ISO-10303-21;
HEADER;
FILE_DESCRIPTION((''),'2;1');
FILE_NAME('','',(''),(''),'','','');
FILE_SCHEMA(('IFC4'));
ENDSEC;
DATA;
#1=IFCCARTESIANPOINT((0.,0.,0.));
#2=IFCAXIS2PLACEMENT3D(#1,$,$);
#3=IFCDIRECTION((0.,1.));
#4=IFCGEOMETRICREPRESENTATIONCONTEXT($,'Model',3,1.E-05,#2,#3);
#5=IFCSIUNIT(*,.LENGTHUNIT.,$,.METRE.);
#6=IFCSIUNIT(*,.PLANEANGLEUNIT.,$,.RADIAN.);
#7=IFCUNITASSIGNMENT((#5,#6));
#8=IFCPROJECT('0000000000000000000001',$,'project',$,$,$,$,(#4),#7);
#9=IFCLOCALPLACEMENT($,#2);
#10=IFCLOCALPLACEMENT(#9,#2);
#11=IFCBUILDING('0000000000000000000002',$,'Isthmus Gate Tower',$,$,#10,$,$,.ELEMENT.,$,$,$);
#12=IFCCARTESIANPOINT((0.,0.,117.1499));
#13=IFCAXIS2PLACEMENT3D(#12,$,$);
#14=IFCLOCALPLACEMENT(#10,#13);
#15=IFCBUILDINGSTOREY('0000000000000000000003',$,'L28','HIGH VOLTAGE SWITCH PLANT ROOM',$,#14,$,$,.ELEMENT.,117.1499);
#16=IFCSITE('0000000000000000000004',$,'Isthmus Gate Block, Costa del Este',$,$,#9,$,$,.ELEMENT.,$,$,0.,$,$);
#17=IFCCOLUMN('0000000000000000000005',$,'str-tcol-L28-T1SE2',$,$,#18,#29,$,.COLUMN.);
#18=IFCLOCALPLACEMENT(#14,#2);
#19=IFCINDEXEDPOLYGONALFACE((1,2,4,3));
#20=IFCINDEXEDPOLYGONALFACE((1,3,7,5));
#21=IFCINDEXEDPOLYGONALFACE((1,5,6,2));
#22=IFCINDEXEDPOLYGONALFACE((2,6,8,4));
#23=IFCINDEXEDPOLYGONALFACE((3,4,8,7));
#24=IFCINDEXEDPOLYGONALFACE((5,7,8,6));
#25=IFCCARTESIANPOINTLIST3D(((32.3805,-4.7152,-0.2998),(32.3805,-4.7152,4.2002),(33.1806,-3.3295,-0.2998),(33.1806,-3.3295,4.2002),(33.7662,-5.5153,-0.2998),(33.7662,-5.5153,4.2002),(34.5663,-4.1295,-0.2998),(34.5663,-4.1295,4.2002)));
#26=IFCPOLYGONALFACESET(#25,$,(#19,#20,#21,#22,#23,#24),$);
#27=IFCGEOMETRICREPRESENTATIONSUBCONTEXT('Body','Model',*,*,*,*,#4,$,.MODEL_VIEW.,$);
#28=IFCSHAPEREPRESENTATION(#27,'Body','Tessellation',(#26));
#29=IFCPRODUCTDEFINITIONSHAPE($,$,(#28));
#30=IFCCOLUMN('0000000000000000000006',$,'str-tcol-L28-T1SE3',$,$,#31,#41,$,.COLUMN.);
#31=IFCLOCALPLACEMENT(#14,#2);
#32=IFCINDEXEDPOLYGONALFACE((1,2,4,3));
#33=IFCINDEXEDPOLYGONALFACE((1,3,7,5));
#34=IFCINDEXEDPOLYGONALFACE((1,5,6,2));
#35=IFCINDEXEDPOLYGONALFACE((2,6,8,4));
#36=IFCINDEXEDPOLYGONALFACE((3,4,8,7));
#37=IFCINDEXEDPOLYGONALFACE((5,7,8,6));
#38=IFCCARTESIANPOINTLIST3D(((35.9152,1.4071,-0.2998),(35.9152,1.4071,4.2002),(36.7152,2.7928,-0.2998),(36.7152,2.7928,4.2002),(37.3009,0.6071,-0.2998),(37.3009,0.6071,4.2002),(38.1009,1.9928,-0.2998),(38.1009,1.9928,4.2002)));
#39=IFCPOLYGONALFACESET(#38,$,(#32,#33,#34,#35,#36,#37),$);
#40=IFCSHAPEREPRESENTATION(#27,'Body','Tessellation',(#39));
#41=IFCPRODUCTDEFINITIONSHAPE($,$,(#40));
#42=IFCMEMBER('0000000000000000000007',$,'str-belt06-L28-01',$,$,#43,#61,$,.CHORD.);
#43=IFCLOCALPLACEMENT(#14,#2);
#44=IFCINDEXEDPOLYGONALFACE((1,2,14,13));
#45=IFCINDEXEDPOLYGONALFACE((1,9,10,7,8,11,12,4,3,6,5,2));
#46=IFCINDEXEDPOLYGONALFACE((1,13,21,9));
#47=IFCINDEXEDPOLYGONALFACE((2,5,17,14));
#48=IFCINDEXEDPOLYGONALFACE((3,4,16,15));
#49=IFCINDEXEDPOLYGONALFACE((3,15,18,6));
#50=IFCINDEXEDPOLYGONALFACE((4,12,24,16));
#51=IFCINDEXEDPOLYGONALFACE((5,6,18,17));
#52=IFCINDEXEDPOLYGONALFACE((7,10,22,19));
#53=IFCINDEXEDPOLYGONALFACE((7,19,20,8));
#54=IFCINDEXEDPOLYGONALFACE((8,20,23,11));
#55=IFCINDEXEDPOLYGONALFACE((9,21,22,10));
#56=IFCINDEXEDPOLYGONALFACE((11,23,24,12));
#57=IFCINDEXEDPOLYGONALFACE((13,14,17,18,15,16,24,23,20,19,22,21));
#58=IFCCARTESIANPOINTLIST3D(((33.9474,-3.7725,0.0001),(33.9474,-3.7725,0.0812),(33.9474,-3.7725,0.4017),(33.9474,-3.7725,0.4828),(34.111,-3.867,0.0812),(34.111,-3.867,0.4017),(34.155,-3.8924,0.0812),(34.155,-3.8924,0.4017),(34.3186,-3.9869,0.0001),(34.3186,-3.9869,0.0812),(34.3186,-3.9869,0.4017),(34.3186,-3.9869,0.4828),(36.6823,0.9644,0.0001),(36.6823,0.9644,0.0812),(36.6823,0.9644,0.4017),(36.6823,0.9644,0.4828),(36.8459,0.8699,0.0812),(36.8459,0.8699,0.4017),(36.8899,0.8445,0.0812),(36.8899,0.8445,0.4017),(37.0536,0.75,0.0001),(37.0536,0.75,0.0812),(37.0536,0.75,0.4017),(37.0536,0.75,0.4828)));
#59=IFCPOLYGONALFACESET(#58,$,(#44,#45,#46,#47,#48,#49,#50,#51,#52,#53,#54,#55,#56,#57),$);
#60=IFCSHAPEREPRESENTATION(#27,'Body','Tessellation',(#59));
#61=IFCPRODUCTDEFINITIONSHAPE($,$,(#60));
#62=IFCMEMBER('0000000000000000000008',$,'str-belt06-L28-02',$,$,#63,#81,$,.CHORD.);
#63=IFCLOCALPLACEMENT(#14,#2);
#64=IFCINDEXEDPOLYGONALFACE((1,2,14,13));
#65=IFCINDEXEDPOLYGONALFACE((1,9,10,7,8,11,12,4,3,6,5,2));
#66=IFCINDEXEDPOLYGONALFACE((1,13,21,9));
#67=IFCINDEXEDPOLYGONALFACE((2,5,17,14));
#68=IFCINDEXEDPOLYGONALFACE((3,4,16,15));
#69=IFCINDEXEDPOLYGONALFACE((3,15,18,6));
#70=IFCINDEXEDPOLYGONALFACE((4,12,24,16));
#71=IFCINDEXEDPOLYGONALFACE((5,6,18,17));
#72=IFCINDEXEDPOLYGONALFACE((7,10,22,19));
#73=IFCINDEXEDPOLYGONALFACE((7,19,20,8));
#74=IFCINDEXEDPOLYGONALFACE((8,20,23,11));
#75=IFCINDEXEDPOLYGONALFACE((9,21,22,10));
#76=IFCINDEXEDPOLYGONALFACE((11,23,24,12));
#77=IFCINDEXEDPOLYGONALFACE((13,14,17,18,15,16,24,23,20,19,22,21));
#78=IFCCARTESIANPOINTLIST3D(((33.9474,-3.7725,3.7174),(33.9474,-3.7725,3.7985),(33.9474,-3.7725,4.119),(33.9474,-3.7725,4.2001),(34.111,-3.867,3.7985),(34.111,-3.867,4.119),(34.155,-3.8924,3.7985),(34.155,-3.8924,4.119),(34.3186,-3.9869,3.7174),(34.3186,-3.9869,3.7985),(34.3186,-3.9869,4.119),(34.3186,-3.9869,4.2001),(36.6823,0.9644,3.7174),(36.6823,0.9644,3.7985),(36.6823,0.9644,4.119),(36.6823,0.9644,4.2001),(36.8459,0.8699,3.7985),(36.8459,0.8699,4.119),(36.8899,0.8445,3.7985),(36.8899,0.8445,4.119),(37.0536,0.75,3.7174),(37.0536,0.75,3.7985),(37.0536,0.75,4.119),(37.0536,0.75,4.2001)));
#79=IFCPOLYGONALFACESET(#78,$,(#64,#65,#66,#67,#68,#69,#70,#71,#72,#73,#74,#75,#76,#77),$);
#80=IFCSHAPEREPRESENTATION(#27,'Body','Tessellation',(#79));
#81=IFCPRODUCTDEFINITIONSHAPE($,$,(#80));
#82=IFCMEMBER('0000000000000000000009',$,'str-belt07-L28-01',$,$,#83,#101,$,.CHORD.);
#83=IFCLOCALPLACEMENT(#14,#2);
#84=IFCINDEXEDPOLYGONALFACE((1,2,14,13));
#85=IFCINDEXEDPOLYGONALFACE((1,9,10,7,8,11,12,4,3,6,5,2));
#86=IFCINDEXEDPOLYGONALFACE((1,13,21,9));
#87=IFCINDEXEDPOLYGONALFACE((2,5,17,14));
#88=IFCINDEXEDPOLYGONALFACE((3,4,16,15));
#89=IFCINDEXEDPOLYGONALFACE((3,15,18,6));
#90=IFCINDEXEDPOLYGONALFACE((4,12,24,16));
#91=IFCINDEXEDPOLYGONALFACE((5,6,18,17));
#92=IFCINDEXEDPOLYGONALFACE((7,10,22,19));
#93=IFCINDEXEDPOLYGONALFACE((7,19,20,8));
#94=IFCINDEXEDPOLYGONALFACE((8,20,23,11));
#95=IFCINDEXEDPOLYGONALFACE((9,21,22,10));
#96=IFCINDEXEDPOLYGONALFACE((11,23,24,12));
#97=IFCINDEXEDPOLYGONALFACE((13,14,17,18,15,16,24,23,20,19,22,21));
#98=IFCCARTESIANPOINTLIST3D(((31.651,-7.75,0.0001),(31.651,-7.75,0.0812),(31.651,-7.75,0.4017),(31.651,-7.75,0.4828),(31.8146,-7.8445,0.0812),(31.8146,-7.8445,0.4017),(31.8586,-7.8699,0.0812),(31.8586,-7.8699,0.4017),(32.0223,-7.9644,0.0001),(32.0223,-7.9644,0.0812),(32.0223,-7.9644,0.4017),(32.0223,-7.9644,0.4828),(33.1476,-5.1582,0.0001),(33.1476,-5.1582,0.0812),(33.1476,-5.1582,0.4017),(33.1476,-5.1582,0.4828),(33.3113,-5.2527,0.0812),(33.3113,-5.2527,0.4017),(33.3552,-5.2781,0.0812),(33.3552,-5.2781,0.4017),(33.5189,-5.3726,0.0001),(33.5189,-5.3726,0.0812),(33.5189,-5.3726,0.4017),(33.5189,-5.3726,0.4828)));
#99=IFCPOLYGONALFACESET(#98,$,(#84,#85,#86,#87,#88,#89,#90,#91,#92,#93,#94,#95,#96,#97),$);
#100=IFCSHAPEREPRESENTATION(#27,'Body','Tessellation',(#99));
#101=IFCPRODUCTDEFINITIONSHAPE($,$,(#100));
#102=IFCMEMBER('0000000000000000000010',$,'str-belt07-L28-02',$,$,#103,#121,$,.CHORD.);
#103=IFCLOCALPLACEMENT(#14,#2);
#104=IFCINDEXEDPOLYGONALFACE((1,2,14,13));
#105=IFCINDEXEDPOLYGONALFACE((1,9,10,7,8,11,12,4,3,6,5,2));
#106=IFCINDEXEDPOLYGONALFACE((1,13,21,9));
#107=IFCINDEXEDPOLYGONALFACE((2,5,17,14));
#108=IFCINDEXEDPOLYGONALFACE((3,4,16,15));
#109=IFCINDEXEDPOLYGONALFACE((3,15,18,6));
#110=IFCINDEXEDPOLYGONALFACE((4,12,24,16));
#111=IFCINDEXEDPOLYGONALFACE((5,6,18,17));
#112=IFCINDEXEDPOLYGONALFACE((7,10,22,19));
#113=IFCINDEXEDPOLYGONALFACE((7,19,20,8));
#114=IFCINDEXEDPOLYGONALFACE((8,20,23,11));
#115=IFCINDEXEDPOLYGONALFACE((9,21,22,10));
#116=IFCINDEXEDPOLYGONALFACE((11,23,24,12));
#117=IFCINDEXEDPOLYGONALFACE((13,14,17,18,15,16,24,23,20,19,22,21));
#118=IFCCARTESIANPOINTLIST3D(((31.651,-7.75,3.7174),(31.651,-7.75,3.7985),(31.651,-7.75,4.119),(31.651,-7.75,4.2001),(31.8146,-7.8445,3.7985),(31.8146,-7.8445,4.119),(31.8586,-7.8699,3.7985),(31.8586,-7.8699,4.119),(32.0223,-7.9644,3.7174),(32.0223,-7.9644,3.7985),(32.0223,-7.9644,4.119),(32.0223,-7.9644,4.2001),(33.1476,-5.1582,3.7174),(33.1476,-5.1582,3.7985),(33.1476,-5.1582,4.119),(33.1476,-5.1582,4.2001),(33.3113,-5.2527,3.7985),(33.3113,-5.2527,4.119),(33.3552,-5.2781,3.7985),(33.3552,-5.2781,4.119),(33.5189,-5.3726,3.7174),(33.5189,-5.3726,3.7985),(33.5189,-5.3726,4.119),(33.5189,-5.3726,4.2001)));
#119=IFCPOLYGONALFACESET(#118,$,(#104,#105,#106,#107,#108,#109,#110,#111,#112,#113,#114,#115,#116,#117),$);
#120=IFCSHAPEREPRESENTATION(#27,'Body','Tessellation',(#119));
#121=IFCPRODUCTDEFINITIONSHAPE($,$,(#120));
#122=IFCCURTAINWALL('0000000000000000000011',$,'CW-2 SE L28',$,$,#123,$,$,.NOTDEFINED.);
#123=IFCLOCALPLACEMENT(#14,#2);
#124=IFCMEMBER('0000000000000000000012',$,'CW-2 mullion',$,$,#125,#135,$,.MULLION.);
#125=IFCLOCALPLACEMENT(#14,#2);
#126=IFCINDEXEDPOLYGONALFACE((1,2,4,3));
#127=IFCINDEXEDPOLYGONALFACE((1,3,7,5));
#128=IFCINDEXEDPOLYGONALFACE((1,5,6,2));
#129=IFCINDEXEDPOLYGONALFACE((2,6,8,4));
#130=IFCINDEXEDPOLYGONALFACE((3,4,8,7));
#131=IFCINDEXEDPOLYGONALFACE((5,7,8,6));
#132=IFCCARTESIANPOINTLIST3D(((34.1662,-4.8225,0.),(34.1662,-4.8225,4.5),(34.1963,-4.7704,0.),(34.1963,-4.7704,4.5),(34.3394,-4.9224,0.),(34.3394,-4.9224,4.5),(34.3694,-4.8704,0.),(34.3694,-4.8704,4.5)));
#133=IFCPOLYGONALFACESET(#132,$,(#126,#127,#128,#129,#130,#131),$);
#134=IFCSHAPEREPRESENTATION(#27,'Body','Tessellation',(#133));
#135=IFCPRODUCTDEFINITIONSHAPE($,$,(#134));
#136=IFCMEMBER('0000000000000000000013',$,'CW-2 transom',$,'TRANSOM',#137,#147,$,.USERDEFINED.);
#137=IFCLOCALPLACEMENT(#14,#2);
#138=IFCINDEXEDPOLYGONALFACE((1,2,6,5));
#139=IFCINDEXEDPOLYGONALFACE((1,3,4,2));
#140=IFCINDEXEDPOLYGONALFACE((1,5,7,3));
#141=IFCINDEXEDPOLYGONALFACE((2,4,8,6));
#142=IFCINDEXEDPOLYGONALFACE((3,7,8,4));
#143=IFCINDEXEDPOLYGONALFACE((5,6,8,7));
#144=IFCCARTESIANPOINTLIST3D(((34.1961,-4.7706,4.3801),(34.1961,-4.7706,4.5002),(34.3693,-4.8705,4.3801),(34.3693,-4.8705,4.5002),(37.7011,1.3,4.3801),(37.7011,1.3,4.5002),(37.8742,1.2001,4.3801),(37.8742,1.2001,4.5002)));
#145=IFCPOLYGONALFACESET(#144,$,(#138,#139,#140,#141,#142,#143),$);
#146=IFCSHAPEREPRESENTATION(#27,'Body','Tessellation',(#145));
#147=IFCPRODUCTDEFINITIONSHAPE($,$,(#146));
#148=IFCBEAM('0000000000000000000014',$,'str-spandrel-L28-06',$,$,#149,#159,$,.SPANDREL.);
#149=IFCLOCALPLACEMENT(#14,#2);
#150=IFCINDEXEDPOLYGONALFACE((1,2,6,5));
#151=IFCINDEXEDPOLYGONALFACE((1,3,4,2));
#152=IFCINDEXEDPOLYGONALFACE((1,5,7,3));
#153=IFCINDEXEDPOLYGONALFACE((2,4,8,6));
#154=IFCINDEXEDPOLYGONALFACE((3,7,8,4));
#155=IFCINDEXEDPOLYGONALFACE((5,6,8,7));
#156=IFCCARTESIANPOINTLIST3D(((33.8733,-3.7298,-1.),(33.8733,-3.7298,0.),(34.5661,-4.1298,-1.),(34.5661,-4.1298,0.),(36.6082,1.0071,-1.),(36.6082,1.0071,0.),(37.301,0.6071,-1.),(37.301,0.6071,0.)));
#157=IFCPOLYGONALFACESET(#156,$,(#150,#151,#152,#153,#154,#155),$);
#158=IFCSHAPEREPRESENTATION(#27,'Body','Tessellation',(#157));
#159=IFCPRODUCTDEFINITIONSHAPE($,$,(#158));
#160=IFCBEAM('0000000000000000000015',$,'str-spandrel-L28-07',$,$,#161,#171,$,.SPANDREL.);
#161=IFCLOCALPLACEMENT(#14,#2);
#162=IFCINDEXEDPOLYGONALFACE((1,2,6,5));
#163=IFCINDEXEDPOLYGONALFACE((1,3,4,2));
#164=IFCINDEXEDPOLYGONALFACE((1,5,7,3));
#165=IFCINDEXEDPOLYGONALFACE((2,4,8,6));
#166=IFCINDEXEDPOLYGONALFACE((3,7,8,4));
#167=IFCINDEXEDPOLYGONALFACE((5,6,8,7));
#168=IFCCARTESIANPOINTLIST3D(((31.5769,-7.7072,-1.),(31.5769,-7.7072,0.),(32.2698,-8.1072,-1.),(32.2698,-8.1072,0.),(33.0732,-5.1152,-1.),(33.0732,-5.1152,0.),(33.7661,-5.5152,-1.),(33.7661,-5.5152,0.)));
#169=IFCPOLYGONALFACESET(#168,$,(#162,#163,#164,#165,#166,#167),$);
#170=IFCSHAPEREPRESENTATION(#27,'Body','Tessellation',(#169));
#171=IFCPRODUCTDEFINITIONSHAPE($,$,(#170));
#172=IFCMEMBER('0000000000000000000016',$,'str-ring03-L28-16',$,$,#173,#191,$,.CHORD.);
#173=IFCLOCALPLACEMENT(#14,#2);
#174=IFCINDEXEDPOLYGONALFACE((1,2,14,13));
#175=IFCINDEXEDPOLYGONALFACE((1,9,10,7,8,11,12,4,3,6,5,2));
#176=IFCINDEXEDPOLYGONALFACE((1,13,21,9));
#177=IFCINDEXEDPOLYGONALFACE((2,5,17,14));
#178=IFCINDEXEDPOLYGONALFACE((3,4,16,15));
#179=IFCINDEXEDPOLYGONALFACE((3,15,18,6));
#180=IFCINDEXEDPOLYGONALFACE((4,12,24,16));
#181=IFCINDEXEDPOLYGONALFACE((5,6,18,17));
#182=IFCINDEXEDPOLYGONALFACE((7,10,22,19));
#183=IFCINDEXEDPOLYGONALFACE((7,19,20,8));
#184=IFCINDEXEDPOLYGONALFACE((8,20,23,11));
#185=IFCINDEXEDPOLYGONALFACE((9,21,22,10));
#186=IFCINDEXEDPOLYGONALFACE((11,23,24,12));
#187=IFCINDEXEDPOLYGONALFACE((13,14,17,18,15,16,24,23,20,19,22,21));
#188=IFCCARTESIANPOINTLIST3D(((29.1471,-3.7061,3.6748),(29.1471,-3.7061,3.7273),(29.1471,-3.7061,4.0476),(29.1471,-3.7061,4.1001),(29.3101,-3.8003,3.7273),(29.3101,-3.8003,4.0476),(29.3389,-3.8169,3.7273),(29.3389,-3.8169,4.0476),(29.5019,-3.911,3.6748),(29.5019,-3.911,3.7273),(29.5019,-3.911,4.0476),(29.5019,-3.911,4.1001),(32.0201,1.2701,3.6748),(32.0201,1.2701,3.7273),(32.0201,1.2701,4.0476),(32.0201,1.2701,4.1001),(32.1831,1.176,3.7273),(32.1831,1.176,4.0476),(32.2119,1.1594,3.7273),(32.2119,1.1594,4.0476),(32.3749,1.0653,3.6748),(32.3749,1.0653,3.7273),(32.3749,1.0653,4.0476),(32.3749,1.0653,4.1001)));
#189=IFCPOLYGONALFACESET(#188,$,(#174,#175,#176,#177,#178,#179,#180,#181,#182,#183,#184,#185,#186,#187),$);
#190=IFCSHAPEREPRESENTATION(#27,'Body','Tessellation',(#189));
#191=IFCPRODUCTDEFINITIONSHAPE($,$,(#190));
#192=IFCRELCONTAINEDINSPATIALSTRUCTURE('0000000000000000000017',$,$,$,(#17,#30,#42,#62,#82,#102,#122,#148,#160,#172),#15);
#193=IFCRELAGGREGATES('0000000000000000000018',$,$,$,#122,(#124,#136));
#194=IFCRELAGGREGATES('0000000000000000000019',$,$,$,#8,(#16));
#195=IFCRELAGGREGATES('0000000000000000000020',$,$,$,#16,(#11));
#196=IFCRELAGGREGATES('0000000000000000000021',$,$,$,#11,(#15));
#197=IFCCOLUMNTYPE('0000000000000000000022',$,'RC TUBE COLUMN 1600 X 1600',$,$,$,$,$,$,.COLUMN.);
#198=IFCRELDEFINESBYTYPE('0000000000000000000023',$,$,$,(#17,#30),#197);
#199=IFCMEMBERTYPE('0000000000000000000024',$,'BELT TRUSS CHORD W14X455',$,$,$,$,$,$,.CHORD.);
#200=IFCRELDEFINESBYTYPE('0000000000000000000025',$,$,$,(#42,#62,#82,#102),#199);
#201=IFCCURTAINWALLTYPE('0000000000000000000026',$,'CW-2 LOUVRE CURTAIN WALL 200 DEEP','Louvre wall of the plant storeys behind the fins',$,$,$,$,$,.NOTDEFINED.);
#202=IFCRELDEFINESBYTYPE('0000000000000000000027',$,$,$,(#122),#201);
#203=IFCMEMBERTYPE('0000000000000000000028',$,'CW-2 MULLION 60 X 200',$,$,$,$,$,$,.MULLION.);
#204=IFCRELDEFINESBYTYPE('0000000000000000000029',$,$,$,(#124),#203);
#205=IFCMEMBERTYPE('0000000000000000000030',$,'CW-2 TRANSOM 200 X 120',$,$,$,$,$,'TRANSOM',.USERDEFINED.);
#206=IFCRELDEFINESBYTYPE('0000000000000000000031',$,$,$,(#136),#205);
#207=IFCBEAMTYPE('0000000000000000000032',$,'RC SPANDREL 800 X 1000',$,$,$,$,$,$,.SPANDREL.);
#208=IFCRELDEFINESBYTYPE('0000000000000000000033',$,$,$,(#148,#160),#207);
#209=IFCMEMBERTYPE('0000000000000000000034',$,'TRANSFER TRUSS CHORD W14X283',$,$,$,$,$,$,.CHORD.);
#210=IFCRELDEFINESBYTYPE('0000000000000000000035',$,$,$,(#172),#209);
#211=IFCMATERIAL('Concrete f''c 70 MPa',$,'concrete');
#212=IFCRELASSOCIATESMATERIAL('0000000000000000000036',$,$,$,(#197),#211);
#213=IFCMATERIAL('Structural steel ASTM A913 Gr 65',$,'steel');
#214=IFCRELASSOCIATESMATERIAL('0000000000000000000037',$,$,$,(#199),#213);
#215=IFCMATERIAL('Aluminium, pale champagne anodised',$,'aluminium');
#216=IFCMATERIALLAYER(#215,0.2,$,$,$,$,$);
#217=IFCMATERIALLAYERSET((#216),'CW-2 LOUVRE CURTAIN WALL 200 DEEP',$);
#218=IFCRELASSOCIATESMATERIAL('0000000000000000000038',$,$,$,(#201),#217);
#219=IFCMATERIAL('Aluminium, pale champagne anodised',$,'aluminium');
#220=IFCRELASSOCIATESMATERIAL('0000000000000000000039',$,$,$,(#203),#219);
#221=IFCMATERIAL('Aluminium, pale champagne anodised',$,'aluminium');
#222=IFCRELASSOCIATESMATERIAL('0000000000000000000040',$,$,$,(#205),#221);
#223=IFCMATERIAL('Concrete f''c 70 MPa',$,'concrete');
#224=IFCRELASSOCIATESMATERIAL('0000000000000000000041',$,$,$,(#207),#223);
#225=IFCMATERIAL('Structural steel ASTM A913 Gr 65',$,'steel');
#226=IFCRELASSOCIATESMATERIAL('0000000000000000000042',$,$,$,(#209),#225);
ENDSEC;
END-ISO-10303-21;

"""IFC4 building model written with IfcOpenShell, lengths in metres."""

from ifc_helpers import new_model, si_unit, direction, frame, origin, origin_2d, place, context, subcontext, project, spatial, rectangle, i_section, extrude, material, layer, layer_set, material_profile, profile_set, type_object, element, aggregate, save


model = new_model("IFC4")

# Units and contexts
model_context = context("Model", 3, precision=1e-05, world=origin(), true_north=direction((0.0, 1.0)))
body_context = subcontext(model_context, "Body", "Model", "MODEL_VIEW")
ifc_project = project(units=[si_unit("LENGTHUNIT", "METRE"), si_unit("PLANEANGLEUNIT", "RADIAN")], contexts=[model_context])

# Site, building, storey
site_placement = place(None, origin())
site = spatial("IfcSite", under=ifc_project, at=site_placement, Name="Isthmus Gate Block, Costa del Este", CompositionType="ELEMENT", RefElevation=0.0)
building_placement = place(site_placement, origin())
building = spatial("IfcBuilding", under=site, at=building_placement, Name="Isthmus Gate Tower", CompositionType="ELEMENT")
storey_placement = place(building_placement, frame((0.0, 0.0, 117.1499)))
storey = spatial("IfcBuildingStorey", under=building, at=storey_placement, Name="L28", Description="HIGH VOLTAGE SWITCH PLANT ROOM", CompositionType="ELEMENT", Elevation=117.1499)

# Columns
ifc_material_1 = material(Name="Concrete f'c 70 MPa", Category="concrete")
ifc_material_profile_1 = material_profile(ifc_material_1, rectangle(XDim=1.6001, YDim=1.6001, at=origin_2d()), Name="RC 1600X1600")
ifc_profile_set_1 = profile_set([ifc_material_profile_1], Name="Concrete f'c 70 MPa")
column_type = type_object("IfcColumnType", Name="RC TUBE COLUMN 1600 X 1600", PredefinedType="COLUMN", material=ifc_profile_set_1)
for number, where, z_axis, x_axis, name in (
    (1, (33.4734, -4.4224, -0.2998), (0.0, 0.0, 1.0), (0.5, 0.866025, 0.0), "str-tcol-L28-T1SE2"),
    (2, (37.0081, 1.7, -0.2998), (0.0, 0.0, 1.0), (0.5, 0.866025, 0.0), "str-tcol-L28-T1SE3"),
):
    element("IfcColumn", number, at=place(storey_placement, frame(where, z_axis=z_axis, x_axis=x_axis)), inside=storey, type_object=column_type, Name=name, PredefinedType="COLUMN", context=body_context, shape_type="SweptSolid", body=[
        extrude(rectangle(XDim=1.6001, YDim=1.6001, at=origin_2d()), origin(), (0.0, 0.0, 1.0), 4.5),
    ])

# Members
ifc_material_2 = material(Name="Structural steel ASTM A913 Gr 65", Category="steel")
ifc_material_profile_2 = material_profile(ifc_material_2, i_section(OverallWidth=0.4287, OverallDepth=0.4827, WebThickness=0.0508, FlangeThickness=0.0811, at=origin_2d()), Name="W14X455")
ifc_profile_set_2 = profile_set([ifc_material_profile_2], Name="Structural steel ASTM A913 Gr 65")
member_type_1 = type_object("IfcMemberType", Name="BELT TRUSS CHORD W14X455", PredefinedType="CHORD", material=ifc_profile_set_2)
for number, where, z_axis, x_axis, name in (
    (3, (36.8679, 0.8572, 0.2415), (-0.500008, -0.866021, 0.0), (0.866021, -0.500008, 0.0), "str-belt06-L28-01"),
    (4, (36.8679, 0.8572, 3.9587), (-0.500008, -0.866021, 0.0), (0.866021, -0.500008, 0.0), "str-belt06-L28-02"),
):
    element("IfcMember", number, at=place(storey_placement, frame(where, z_axis=z_axis, x_axis=x_axis)), inside=storey, type_object=member_type_1, Name=name, PredefinedType="CHORD", context=body_context, shape_type="SweptSolid", body=[
        extrude(i_section(OverallWidth=0.4287, OverallDepth=0.4827, WebThickness=0.0508, FlangeThickness=0.0811, at=origin_2d()), origin(), (0.0, 0.0, 1.0), 5.4697),
    ])
for number, where, z_axis, x_axis, name in (
    (5, (33.3333, -5.2654, 0.2415), (-0.500052, -0.865995, 0.0), (0.865995, -0.500052, 0.0), "str-belt07-L28-01"),
    (6, (33.3333, -5.2654, 3.9587), (-0.500052, -0.865995, 0.0), (0.865995, -0.500052, 0.0), "str-belt07-L28-02"),
):
    element("IfcMember", number, at=place(storey_placement, frame(where, z_axis=z_axis, x_axis=x_axis)), inside=storey, type_object=member_type_1, Name=name, PredefinedType="CHORD", context=body_context, shape_type="SweptSolid", body=[
        extrude(i_section(OverallWidth=0.4287, OverallDepth=0.4827, WebThickness=0.0508, FlangeThickness=0.0811, at=origin_2d()), origin(), (0.0, 0.0, 1.0), 2.9929),
    ])

# Curtain wall, members
ifc_material_3 = material(Name="Aluminium, pale champagne anodised", Category="aluminium")
ifc_layer_1 = layer(ifc_material_3, 0.2)
ifc_layer_set_1 = layer_set([ifc_layer_1], Name="CW-2 LOUVRE CURTAIN WALL 200 DEEP")
curtain_wall_type = type_object("IfcCurtainWallType", Name="CW-2 LOUVRE CURTAIN WALL 200 DEEP", Description="Louvre wall of the plant storeys behind the fins", PredefinedType="NOTDEFINED", material=ifc_layer_set_1)
curtain_wall_placement = place(storey_placement, origin())
curtain_wall = element("IfcCurtainWall", 7, at=curtain_wall_placement, inside=storey, type_object=curtain_wall_type, Name="CW-2 SE L28", PredefinedType="NOTDEFINED")
ifc_material_4 = material(Name="Aluminium, pale champagne anodised", Category="aluminium")
ifc_material_profile_3 = material_profile(ifc_material_4, rectangle(XDim=0.0601, YDim=0.2, at=origin_2d()), Name="60x200")
ifc_profile_set_3 = profile_set([ifc_material_profile_3], Name="Aluminium, pale champagne anodised")
member_type_2 = type_object("IfcMemberType", Name="CW-2 MULLION 60 X 200", PredefinedType="MULLION", material=ifc_profile_set_3)
member_1_placement = place(storey_placement, frame((34.2678, -4.8464, 0.0), z_axis=(0.0, 0.0, 1.0), x_axis=(0.5, 0.866025, 0.0)))
member_1 = element("IfcMember", 8, at=member_1_placement, type_object=member_type_2, Name="CW-2 mullion", PredefinedType="MULLION", context=body_context, shape_type="SweptSolid", body=[
    extrude(rectangle(XDim=0.0601, YDim=0.2, at=origin_2d()), origin(), (0.0, 0.0, 1.0), 4.5),
])
ifc_material_5 = material(Name="Aluminium, pale champagne anodised", Category="aluminium")
ifc_material_profile_4 = material_profile(ifc_material_5, rectangle(XDim=0.2, YDim=0.1201, at=origin_2d()), Name="200x120")
ifc_profile_set_4 = profile_set([ifc_material_profile_4], Name="Aluminium, pale champagne anodised")
member_type_3 = type_object("IfcMemberType", Name="CW-2 TRANSOM 200 X 120", ElementType="TRANSOM", PredefinedType="USERDEFINED", material=ifc_profile_set_4)
member_2_placement = place(storey_placement, frame((34.2827, -4.8206, 4.4402), z_axis=(0.500005, 0.866023, 0.0), x_axis=(-0.866023, 0.500005, 0.0)))
member_2 = element("IfcMember", 9, at=member_2_placement, type_object=member_type_3, Name="CW-2 transom", ObjectType="TRANSOM", PredefinedType="USERDEFINED", context=body_context, shape_type="SweptSolid", body=[
    extrude(rectangle(XDim=0.2, YDim=0.1201, at=origin_2d()), origin(), (0.0, 0.0, 1.0), 7.0098),
])

# Beams
ifc_material_6 = material(Name="Concrete f'c 70 MPa", Category="concrete")
ifc_material_profile_5 = material_profile(ifc_material_6, rectangle(XDim=0.8, YDim=1.0, at=origin_2d()), Name="RC 800X1000")
ifc_profile_set_5 = profile_set([ifc_material_profile_5], Name="Concrete f'c 70 MPa")
beam_type = type_object("IfcBeamType", Name="RC SPANDREL 800 X 1000", PredefinedType="SPANDREL", material=ifc_profile_set_5)
beam_1_placement = place(storey_placement, frame((36.9546, 0.8071, -0.5), z_axis=(-0.500008, -0.866021, 0.0), x_axis=(0.866021, -0.500008, 0.0)))
element("IfcBeam", 10, at=beam_1_placement, inside=storey, type_object=beam_type, Name="str-spandrel-L28-06", PredefinedType="SPANDREL", context=body_context, shape_type="SweptSolid", body=[
    extrude(rectangle(XDim=0.8, YDim=1.0, at=origin_2d()), origin(), (0.0, 0.0, 1.0), 5.4697),
])
beam_2_placement = place(storey_placement, frame((33.4197, -5.3152, -0.5), z_axis=(-0.499955, -0.866051, 0.0), x_axis=(0.866051, -0.499955, 0.0)))
element("IfcBeam", 11, at=beam_2_placement, inside=storey, type_object=beam_type, Name="str-spandrel-L28-07", PredefinedType="SPANDREL", context=body_context, shape_type="SweptSolid", body=[
    extrude(rectangle(XDim=0.8, YDim=1.0, at=origin_2d()), origin(), (0.0, 0.0, 1.0), 2.9929),
])

# Member
ifc_material_7 = material(Name="Structural steel ASTM A913 Gr 65", Category="steel")
ifc_material_profile_6 = material_profile(ifc_material_7, i_section(OverallWidth=0.4097, OverallDepth=0.4253, WebThickness=0.0332, FlangeThickness=0.0525, at=origin_2d()), Name="W14X283")
ifc_profile_set_6 = profile_set([ifc_material_profile_6], Name="Structural steel ASTM A913 Gr 65")
member_type_4 = type_object("IfcMemberType", Name="TRANSFER TRUSS CHORD W14X283", PredefinedType="CHORD", material=ifc_profile_set_6)
member_3_placement = place(storey_placement, frame((32.1975, 1.1677, 3.8875), z_axis=(-0.499996, -0.866028, 0.0), x_axis=(0.866028, -0.499996, 0.0)))
element("IfcMember", 12, at=member_3_placement, inside=storey, type_object=member_type_4, Name="str-ring03-L28-16", PredefinedType="CHORD", context=body_context, shape_type="SweptSolid", body=[
    extrude(i_section(OverallWidth=0.4097, OverallDepth=0.4253, WebThickness=0.0332, FlangeThickness=0.0525, at=origin_2d()), origin(), (0.0, 0.0, 1.0), 5.7461),
])

aggregate(curtain_wall, [member_1, member_2])

save(model, "model.ifc")
